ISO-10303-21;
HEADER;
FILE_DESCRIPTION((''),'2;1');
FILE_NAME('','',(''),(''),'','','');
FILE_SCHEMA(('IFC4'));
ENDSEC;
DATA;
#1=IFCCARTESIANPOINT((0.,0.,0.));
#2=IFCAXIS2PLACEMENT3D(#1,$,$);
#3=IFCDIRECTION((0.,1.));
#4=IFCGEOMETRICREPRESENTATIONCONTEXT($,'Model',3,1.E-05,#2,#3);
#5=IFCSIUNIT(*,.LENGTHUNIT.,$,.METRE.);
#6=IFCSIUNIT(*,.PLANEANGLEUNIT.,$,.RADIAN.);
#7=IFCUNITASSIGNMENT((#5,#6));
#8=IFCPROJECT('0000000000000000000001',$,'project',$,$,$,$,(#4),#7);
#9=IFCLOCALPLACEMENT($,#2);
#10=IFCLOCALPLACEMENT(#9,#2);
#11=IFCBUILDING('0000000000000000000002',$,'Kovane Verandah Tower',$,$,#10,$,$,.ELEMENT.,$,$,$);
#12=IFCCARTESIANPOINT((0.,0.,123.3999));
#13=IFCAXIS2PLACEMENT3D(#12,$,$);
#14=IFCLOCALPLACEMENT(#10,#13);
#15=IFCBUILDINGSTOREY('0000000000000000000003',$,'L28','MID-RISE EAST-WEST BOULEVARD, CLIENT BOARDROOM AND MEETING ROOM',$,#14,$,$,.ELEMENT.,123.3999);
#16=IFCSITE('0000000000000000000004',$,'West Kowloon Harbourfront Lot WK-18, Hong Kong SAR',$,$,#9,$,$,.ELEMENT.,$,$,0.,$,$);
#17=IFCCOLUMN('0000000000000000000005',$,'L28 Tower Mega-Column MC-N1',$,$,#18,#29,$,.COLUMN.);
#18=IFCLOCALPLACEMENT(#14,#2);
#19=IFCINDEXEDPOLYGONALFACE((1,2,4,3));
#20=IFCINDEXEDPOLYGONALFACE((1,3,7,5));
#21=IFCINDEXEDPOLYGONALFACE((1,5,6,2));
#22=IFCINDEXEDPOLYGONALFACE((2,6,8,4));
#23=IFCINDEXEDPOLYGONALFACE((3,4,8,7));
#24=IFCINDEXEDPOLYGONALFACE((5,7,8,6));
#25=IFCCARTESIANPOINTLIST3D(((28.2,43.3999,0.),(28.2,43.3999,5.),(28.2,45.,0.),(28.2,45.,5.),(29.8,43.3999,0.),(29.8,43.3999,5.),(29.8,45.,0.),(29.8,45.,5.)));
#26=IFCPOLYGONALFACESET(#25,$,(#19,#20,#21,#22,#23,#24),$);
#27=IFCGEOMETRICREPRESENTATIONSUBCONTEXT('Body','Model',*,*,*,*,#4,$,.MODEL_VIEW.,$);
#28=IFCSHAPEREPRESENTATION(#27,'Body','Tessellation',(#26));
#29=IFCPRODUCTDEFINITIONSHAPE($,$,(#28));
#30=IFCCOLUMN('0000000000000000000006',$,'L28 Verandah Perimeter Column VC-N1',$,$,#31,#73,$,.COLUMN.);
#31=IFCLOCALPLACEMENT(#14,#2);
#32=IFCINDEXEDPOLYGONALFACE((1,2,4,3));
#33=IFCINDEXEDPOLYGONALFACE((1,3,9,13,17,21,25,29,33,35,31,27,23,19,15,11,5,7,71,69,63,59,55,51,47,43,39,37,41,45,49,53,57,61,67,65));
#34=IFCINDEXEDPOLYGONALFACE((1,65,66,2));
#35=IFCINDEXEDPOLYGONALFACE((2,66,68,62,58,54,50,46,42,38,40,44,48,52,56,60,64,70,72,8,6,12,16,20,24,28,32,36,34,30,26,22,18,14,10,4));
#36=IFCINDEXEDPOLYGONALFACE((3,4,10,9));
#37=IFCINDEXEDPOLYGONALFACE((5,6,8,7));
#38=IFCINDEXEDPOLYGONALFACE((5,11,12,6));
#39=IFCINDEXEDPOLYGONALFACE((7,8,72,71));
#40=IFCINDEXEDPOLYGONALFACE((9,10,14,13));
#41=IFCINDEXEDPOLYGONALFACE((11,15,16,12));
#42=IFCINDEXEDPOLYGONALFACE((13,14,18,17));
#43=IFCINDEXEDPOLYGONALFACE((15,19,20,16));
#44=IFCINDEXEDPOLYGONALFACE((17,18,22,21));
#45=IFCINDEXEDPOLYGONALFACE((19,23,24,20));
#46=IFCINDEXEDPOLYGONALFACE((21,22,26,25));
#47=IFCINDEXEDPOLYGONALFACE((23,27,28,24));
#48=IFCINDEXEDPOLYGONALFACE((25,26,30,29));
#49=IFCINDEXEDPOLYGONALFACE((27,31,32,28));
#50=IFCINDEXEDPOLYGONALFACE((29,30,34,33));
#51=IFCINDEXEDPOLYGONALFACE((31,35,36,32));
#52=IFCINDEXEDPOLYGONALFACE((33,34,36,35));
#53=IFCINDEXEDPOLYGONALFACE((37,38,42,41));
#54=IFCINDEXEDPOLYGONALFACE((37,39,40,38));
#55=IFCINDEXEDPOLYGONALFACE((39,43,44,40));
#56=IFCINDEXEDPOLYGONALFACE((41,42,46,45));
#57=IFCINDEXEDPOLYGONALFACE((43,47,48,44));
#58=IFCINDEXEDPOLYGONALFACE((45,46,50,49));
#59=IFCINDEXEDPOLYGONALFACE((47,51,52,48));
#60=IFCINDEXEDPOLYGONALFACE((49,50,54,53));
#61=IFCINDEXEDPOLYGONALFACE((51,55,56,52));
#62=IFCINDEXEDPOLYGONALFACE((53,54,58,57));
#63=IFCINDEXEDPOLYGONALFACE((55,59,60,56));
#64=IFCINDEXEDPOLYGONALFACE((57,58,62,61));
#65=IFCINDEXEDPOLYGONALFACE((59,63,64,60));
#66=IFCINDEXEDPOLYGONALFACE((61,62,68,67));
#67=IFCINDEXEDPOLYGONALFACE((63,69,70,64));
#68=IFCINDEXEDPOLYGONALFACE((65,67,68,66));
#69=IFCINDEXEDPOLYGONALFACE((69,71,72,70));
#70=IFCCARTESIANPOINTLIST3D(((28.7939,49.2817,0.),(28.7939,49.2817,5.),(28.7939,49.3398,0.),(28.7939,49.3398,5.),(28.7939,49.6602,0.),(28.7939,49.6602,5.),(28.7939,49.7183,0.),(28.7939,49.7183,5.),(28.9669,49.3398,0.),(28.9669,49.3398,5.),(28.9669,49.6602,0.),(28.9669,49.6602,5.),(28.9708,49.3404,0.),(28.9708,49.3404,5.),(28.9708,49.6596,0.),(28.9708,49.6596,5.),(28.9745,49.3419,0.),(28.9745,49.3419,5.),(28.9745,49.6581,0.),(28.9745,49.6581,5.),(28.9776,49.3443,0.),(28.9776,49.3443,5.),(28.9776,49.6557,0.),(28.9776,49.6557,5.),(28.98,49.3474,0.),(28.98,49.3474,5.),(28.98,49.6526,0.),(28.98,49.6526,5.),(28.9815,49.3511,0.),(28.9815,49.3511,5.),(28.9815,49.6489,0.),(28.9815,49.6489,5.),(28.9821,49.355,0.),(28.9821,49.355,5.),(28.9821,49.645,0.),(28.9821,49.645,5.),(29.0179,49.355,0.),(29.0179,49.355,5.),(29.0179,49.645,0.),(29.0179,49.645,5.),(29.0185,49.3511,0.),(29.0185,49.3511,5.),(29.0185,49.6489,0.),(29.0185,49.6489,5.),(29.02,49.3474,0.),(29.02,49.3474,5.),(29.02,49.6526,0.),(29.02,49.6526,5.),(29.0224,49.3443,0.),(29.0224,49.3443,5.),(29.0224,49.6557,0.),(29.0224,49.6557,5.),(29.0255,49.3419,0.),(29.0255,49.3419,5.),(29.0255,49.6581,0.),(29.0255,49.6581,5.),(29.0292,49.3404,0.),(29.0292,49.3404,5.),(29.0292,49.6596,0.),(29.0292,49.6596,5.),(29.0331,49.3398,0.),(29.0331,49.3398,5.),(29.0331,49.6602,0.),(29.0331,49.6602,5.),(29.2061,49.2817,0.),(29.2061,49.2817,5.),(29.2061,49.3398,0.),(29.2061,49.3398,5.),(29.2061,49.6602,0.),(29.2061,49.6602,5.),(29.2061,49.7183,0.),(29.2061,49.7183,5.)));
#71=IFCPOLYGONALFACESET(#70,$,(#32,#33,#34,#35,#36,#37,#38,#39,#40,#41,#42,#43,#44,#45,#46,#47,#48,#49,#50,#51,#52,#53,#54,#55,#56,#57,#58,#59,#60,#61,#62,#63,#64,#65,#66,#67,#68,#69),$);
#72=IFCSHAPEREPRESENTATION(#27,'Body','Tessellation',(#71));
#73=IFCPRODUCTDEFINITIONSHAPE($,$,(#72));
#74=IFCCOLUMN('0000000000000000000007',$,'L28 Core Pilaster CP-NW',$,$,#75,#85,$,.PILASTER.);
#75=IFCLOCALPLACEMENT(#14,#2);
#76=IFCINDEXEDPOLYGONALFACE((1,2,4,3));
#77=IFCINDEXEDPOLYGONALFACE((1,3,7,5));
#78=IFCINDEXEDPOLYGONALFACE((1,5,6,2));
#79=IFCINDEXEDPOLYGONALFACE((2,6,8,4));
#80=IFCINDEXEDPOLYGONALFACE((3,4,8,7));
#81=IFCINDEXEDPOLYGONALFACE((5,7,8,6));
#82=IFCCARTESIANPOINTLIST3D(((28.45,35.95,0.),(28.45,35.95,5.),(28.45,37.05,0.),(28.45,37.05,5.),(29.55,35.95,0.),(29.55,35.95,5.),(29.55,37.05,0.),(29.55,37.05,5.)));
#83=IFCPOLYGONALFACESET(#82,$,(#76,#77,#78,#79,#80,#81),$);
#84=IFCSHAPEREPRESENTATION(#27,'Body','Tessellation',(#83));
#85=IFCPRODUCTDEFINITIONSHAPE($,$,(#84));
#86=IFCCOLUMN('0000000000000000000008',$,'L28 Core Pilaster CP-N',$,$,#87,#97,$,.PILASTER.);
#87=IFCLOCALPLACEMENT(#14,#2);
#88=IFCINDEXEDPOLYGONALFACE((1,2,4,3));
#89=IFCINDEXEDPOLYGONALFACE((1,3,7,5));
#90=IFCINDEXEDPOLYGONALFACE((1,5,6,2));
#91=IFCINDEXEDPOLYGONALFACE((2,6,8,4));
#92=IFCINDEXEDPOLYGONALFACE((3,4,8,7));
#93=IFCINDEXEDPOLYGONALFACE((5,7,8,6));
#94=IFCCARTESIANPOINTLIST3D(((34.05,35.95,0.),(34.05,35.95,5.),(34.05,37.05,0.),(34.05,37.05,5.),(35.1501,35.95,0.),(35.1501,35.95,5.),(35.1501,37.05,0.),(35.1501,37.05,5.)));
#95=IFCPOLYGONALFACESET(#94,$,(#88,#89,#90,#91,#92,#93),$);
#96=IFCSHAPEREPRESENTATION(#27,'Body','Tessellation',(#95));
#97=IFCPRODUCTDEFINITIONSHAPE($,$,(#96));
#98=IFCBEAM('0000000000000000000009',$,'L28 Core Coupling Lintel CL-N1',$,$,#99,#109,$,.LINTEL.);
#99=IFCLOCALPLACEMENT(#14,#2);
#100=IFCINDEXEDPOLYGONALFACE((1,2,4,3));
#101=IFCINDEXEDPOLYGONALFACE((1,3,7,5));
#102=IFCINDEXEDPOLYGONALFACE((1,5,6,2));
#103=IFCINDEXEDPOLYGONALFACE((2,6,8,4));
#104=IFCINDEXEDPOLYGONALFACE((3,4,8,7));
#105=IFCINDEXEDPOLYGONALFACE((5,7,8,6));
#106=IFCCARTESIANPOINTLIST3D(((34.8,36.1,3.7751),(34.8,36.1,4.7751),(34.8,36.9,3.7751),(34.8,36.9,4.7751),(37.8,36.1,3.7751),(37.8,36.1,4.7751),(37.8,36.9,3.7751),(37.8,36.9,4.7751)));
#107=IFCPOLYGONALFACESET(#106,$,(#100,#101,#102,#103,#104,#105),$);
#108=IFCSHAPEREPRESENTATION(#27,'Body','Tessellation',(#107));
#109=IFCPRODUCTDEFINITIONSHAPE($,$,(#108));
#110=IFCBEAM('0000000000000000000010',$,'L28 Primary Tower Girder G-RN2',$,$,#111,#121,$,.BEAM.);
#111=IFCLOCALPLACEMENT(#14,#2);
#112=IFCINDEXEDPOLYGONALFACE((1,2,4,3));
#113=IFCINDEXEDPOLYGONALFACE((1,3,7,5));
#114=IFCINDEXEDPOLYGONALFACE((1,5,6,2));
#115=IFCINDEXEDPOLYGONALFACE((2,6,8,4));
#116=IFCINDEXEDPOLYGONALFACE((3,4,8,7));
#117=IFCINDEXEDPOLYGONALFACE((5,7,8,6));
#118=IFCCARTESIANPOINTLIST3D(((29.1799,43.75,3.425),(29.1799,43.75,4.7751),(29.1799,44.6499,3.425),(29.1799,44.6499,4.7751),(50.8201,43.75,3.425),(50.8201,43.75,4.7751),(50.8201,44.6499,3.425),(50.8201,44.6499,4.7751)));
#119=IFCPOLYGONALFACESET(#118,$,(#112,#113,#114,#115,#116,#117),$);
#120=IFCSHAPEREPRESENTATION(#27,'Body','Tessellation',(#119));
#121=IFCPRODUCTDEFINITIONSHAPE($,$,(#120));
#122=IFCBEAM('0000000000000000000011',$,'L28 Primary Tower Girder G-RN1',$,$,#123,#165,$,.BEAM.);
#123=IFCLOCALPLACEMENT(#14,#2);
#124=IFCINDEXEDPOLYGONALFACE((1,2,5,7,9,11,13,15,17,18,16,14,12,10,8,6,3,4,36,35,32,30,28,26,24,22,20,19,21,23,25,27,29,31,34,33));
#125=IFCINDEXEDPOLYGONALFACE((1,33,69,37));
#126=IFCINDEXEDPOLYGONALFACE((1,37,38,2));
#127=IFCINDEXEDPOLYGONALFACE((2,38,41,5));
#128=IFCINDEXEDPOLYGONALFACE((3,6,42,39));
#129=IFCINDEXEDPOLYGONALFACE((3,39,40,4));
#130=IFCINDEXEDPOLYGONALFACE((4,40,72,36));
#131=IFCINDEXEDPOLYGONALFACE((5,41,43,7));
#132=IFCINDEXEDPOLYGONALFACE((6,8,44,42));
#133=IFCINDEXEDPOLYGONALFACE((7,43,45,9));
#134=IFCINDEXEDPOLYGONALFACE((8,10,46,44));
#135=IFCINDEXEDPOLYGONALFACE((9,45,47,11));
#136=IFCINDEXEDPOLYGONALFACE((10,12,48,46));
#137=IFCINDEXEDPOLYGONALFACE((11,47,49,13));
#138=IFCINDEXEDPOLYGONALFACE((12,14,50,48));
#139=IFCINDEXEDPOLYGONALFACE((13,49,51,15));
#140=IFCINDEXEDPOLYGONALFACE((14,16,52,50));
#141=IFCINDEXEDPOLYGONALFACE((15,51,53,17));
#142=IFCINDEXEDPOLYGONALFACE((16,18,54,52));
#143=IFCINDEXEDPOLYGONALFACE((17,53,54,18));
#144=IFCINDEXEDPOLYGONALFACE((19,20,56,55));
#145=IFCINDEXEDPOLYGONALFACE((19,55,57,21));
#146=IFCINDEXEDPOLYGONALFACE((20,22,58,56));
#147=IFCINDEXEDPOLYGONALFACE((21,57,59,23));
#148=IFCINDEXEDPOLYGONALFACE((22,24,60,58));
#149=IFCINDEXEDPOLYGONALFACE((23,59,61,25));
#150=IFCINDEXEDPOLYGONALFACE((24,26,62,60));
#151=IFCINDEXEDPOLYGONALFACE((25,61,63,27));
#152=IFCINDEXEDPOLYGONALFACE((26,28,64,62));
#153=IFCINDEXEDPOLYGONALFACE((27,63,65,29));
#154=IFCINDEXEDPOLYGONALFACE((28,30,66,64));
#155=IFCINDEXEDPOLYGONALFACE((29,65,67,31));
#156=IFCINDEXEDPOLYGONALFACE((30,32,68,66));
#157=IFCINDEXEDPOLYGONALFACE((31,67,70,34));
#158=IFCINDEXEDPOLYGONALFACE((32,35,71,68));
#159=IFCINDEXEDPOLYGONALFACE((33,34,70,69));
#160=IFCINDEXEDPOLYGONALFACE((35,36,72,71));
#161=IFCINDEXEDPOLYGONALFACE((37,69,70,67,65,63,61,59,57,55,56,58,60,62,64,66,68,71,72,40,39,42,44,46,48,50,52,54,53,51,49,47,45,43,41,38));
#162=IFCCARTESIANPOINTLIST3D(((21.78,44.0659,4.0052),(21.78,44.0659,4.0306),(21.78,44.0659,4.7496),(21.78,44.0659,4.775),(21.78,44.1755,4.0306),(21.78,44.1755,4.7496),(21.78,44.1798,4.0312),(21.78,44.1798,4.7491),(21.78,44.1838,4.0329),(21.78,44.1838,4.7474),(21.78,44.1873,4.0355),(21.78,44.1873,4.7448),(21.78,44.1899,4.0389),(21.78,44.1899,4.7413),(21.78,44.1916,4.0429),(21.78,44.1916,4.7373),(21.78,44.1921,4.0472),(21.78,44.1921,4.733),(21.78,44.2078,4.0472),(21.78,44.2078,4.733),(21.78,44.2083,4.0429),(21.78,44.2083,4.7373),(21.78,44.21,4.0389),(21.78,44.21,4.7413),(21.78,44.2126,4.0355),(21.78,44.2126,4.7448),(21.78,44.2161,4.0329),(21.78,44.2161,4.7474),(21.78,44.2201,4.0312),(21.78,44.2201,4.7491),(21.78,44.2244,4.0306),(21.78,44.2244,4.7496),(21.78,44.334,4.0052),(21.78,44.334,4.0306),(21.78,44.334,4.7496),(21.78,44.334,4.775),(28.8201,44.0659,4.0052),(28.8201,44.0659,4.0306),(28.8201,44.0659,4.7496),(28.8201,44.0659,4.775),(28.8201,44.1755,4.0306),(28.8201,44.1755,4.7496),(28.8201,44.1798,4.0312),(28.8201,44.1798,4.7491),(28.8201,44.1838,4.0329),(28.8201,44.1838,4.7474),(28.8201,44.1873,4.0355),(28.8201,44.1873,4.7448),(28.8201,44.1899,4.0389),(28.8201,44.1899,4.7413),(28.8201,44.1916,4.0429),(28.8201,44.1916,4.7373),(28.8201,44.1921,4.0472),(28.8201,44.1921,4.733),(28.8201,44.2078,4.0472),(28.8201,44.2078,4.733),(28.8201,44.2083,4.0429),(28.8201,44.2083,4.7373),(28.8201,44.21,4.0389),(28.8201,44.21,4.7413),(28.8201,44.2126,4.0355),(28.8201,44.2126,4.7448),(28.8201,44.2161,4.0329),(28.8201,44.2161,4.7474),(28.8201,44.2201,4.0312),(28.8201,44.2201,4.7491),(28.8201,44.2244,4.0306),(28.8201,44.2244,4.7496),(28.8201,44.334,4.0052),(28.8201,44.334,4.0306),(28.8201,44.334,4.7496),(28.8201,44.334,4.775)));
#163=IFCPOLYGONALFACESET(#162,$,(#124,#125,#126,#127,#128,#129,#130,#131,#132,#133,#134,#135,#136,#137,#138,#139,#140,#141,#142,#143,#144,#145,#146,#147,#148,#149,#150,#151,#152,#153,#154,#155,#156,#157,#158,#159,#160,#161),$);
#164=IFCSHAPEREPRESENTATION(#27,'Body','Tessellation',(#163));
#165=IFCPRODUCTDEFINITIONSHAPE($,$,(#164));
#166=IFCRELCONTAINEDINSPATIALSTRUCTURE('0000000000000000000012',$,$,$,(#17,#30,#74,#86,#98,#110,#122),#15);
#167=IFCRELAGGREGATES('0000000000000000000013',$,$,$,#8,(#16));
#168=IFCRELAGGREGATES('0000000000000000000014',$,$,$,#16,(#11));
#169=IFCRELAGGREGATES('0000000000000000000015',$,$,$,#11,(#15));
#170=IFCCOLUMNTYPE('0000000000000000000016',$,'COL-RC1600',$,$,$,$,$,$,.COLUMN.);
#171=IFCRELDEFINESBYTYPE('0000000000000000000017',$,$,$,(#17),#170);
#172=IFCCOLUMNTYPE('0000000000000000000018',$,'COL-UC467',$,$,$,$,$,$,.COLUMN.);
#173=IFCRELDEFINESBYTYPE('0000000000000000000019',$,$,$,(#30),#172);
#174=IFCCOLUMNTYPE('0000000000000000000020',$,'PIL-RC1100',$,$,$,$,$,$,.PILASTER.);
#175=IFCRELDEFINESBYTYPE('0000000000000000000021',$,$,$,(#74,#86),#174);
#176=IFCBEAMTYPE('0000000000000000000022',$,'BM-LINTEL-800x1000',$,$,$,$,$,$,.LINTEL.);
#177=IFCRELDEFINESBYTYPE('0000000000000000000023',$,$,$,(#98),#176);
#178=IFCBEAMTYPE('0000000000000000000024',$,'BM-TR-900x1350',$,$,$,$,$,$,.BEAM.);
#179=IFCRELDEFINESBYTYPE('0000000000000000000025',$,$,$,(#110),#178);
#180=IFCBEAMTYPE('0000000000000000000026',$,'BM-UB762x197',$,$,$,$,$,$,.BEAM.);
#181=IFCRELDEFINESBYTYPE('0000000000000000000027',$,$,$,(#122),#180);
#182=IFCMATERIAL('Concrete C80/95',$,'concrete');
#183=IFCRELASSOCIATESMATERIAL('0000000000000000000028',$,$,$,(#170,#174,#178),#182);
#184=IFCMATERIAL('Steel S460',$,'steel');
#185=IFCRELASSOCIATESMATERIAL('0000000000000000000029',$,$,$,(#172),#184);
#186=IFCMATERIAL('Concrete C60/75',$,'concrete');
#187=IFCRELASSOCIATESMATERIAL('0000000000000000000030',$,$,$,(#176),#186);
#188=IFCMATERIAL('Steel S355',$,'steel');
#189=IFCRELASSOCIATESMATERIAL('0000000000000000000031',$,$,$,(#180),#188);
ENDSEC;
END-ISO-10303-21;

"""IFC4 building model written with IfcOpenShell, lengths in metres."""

from ifc_helpers import new_model, si_unit, direction, frame, origin, origin_2d, place, context, subcontext, project, spatial, rectangle, i_section, extrude, material, material_profile, profile_set, type_object, element, save


model = new_model("IFC4")

# Units and contexts
model_context = context("Model", 3, precision=1e-05, world=origin(), true_north=direction((0.0, 1.0)))
body_context = subcontext(model_context, "Body", "Model", "MODEL_VIEW")
ifc_project = project(units=[si_unit("LENGTHUNIT", "METRE"), si_unit("PLANEANGLEUNIT", "RADIAN")], contexts=[model_context])

# Site, building, storey
site_placement = place(None, origin())
site = spatial("IfcSite", under=ifc_project, at=site_placement, Name="West Kowloon Harbourfront Lot WK-18, Hong Kong SAR", CompositionType="ELEMENT", RefElevation=0.0)
building_placement = place(site_placement, origin())
building = spatial("IfcBuilding", under=site, at=building_placement, Name="Kovane Verandah Tower", CompositionType="ELEMENT")
storey_placement = place(building_placement, frame((0.0, 0.0, 123.3999)))
storey = spatial("IfcBuildingStorey", under=building, at=storey_placement, Name="L28", Description="MID-RISE EAST-WEST BOULEVARD, CLIENT BOARDROOM AND MEETING ROOM", CompositionType="ELEMENT", Elevation=123.3999)

# Columns
ifc_material_1 = material(Name="Concrete C80/95", Category="concrete")
ifc_material_profile_1 = material_profile(ifc_material_1, rectangle(XDim=1.6001, YDim=1.6001, at=origin_2d()), Name="RC1600x1600")
ifc_profile_set_1 = profile_set([ifc_material_profile_1], Name="Concrete C80/95")
column_type_1 = type_object("IfcColumnType", Name="COL-RC1600", PredefinedType="COLUMN", material=ifc_profile_set_1)
column_1_placement = place(storey_placement, frame((29.0, 44.2, 0.0), z_axis=(0.0, 0.0, 1.0), x_axis=(1.0, 0.0, 0.0)))
element("IfcColumn", 1, at=column_1_placement, inside=storey, type_object=column_type_1, Name="L28 Tower Mega-Column MC-N1", PredefinedType="COLUMN", context=body_context, shape_type="SweptSolid", body=[
    extrude(rectangle(XDim=1.6001, YDim=1.6001, at=origin_2d()), origin(), (0.0, 0.0, 1.0), 5.0),
])
ifc_material_2 = material(Name="Steel S460", Category="steel")
ifc_material_profile_2 = material_profile(ifc_material_2, i_section(OverallWidth=0.4121, OverallDepth=0.4365, WebThickness=0.0359, FlangeThickness=0.0581, FilletRadius=0.0151, at=origin_2d()), Name="UC356x406x467")
ifc_profile_set_2 = profile_set([ifc_material_profile_2], Name="Steel S460")
column_type_2 = type_object("IfcColumnType", Name="COL-UC467", PredefinedType="COLUMN", material=ifc_profile_set_2)
column_2_placement = place(storey_placement, frame((29.0, 49.5, 0.0), z_axis=(0.0, 0.0, 1.0), x_axis=(1.0, 0.0, 0.0)))
element("IfcColumn", 2, at=column_2_placement, inside=storey, type_object=column_type_2, Name="L28 Verandah Perimeter Column VC-N1", PredefinedType="COLUMN", context=body_context, shape_type="SweptSolid", body=[
    extrude(i_section(OverallWidth=0.4121, OverallDepth=0.4365, WebThickness=0.0359, FlangeThickness=0.0581, FilletRadius=0.0151, at=origin_2d()), origin(), (0.0, 0.0, 1.0), 5.0),
])
ifc_material_profile_3 = material_profile(ifc_material_1, rectangle(XDim=1.1001, YDim=1.1001, at=origin_2d()), Name="RC1100x1100")
ifc_profile_set_3 = profile_set([ifc_material_profile_3], Name="Concrete C80/95")
column_type_3 = type_object("IfcColumnType", Name="PIL-RC1100", PredefinedType="PILASTER", material=ifc_profile_set_3)
for number, where, z_axis, x_axis, name in (
    (3, (29.0, 36.5, 0.0), (0.0, 0.0, 1.0), (1.0, 0.0, 0.0), "L28 Core Pilaster CP-NW"),
    (4, (34.6001, 36.5, 0.0), (0.0, 0.0, 1.0), (1.0, 0.0, 0.0), "L28 Core Pilaster CP-N"),
):
    element("IfcColumn", number, at=place(storey_placement, frame(where, z_axis=z_axis, x_axis=x_axis)), inside=storey, type_object=column_type_3, Name=name, PredefinedType="PILASTER", context=body_context, shape_type="SweptSolid", body=[
        extrude(rectangle(XDim=1.1001, YDim=1.1001, at=origin_2d()), origin(), (0.0, 0.0, 1.0), 5.0),
    ])

# Beams
ifc_material_3 = material(Name="Concrete C60/75", Category="concrete")
ifc_material_profile_4 = material_profile(ifc_material_3, rectangle(XDim=0.8, YDim=1.0, at=origin_2d()), Name="RCB800x1000")
ifc_profile_set_4 = profile_set([ifc_material_profile_4], Name="Concrete C60/75")
beam_type_1 = type_object("IfcBeamType", Name="BM-LINTEL-800x1000", PredefinedType="LINTEL", material=ifc_profile_set_4)
beam_1_placement = place(storey_placement, frame((34.8, 36.5, 4.2751), z_axis=(1.0, 0.0, 0.0), x_axis=(0.0, 1.0, 0.0)))
element("IfcBeam", 5, at=beam_1_placement, inside=storey, type_object=beam_type_1, Name="L28 Core Coupling Lintel CL-N1", PredefinedType="LINTEL", context=body_context, shape_type="SweptSolid", body=[
    extrude(rectangle(XDim=0.8, YDim=1.0, at=origin_2d()), origin(), (0.0, 0.0, 1.0), 3.0),
])
ifc_material_profile_5 = material_profile(ifc_material_1, rectangle(XDim=0.8999, YDim=1.3501, at=origin_2d()), Name="RCB900x1350")
ifc_profile_set_5 = profile_set([ifc_material_profile_5], Name="Concrete C80/95")
beam_type_2 = type_object("IfcBeamType", Name="BM-TR-900x1350", PredefinedType="BEAM", material=ifc_profile_set_5)
beam_2_placement = place(storey_placement, frame((29.1799, 44.2, 4.1001), z_axis=(1.0, 0.0, 0.0), x_axis=(0.0, 1.0, 0.0)))
element("IfcBeam", 6, at=beam_2_placement, inside=storey, type_object=beam_type_2, Name="L28 Primary Tower Girder G-RN2", PredefinedType="BEAM", context=body_context, shape_type="SweptSolid", body=[
    extrude(rectangle(XDim=0.8999, YDim=1.3501, at=origin_2d()), origin(), (0.0, 0.0, 1.0), 21.6401),
])
ifc_material_4 = material(Name="Steel S355", Category="steel")
ifc_material_profile_6 = material_profile(ifc_material_4, i_section(OverallWidth=0.2681, OverallDepth=0.7698, WebThickness=0.0156, FlangeThickness=0.0254, FilletRadius=0.0166, at=origin_2d()), Name="UB762x267x197")
ifc_profile_set_6 = profile_set([ifc_material_profile_6], Name="Steel S355")
beam_type_3 = type_object("IfcBeamType", Name="BM-UB762x197", PredefinedType="BEAM", material=ifc_profile_set_6)
for number, where, z_axis, x_axis, name in (
    (7, (21.78, 44.2, 4.3901), (1.0, 0.0, 0.0), (0.0, 1.0, 0.0), "L28 Primary Tower Girder G-RN1"),
):
    element("IfcBeam", number, at=place(storey_placement, frame(where, z_axis=z_axis, x_axis=x_axis)), inside=storey, type_object=beam_type_3, Name=name, PredefinedType="BEAM", context=body_context, shape_type="SweptSolid", body=[
        extrude(i_section(OverallWidth=0.2681, OverallDepth=0.7698, WebThickness=0.0156, FlangeThickness=0.0254, FilletRadius=0.0166, at=origin_2d()), origin(), (0.0, 0.0, 1.0), 7.04),
    ])

save(model, "model.ifc")
